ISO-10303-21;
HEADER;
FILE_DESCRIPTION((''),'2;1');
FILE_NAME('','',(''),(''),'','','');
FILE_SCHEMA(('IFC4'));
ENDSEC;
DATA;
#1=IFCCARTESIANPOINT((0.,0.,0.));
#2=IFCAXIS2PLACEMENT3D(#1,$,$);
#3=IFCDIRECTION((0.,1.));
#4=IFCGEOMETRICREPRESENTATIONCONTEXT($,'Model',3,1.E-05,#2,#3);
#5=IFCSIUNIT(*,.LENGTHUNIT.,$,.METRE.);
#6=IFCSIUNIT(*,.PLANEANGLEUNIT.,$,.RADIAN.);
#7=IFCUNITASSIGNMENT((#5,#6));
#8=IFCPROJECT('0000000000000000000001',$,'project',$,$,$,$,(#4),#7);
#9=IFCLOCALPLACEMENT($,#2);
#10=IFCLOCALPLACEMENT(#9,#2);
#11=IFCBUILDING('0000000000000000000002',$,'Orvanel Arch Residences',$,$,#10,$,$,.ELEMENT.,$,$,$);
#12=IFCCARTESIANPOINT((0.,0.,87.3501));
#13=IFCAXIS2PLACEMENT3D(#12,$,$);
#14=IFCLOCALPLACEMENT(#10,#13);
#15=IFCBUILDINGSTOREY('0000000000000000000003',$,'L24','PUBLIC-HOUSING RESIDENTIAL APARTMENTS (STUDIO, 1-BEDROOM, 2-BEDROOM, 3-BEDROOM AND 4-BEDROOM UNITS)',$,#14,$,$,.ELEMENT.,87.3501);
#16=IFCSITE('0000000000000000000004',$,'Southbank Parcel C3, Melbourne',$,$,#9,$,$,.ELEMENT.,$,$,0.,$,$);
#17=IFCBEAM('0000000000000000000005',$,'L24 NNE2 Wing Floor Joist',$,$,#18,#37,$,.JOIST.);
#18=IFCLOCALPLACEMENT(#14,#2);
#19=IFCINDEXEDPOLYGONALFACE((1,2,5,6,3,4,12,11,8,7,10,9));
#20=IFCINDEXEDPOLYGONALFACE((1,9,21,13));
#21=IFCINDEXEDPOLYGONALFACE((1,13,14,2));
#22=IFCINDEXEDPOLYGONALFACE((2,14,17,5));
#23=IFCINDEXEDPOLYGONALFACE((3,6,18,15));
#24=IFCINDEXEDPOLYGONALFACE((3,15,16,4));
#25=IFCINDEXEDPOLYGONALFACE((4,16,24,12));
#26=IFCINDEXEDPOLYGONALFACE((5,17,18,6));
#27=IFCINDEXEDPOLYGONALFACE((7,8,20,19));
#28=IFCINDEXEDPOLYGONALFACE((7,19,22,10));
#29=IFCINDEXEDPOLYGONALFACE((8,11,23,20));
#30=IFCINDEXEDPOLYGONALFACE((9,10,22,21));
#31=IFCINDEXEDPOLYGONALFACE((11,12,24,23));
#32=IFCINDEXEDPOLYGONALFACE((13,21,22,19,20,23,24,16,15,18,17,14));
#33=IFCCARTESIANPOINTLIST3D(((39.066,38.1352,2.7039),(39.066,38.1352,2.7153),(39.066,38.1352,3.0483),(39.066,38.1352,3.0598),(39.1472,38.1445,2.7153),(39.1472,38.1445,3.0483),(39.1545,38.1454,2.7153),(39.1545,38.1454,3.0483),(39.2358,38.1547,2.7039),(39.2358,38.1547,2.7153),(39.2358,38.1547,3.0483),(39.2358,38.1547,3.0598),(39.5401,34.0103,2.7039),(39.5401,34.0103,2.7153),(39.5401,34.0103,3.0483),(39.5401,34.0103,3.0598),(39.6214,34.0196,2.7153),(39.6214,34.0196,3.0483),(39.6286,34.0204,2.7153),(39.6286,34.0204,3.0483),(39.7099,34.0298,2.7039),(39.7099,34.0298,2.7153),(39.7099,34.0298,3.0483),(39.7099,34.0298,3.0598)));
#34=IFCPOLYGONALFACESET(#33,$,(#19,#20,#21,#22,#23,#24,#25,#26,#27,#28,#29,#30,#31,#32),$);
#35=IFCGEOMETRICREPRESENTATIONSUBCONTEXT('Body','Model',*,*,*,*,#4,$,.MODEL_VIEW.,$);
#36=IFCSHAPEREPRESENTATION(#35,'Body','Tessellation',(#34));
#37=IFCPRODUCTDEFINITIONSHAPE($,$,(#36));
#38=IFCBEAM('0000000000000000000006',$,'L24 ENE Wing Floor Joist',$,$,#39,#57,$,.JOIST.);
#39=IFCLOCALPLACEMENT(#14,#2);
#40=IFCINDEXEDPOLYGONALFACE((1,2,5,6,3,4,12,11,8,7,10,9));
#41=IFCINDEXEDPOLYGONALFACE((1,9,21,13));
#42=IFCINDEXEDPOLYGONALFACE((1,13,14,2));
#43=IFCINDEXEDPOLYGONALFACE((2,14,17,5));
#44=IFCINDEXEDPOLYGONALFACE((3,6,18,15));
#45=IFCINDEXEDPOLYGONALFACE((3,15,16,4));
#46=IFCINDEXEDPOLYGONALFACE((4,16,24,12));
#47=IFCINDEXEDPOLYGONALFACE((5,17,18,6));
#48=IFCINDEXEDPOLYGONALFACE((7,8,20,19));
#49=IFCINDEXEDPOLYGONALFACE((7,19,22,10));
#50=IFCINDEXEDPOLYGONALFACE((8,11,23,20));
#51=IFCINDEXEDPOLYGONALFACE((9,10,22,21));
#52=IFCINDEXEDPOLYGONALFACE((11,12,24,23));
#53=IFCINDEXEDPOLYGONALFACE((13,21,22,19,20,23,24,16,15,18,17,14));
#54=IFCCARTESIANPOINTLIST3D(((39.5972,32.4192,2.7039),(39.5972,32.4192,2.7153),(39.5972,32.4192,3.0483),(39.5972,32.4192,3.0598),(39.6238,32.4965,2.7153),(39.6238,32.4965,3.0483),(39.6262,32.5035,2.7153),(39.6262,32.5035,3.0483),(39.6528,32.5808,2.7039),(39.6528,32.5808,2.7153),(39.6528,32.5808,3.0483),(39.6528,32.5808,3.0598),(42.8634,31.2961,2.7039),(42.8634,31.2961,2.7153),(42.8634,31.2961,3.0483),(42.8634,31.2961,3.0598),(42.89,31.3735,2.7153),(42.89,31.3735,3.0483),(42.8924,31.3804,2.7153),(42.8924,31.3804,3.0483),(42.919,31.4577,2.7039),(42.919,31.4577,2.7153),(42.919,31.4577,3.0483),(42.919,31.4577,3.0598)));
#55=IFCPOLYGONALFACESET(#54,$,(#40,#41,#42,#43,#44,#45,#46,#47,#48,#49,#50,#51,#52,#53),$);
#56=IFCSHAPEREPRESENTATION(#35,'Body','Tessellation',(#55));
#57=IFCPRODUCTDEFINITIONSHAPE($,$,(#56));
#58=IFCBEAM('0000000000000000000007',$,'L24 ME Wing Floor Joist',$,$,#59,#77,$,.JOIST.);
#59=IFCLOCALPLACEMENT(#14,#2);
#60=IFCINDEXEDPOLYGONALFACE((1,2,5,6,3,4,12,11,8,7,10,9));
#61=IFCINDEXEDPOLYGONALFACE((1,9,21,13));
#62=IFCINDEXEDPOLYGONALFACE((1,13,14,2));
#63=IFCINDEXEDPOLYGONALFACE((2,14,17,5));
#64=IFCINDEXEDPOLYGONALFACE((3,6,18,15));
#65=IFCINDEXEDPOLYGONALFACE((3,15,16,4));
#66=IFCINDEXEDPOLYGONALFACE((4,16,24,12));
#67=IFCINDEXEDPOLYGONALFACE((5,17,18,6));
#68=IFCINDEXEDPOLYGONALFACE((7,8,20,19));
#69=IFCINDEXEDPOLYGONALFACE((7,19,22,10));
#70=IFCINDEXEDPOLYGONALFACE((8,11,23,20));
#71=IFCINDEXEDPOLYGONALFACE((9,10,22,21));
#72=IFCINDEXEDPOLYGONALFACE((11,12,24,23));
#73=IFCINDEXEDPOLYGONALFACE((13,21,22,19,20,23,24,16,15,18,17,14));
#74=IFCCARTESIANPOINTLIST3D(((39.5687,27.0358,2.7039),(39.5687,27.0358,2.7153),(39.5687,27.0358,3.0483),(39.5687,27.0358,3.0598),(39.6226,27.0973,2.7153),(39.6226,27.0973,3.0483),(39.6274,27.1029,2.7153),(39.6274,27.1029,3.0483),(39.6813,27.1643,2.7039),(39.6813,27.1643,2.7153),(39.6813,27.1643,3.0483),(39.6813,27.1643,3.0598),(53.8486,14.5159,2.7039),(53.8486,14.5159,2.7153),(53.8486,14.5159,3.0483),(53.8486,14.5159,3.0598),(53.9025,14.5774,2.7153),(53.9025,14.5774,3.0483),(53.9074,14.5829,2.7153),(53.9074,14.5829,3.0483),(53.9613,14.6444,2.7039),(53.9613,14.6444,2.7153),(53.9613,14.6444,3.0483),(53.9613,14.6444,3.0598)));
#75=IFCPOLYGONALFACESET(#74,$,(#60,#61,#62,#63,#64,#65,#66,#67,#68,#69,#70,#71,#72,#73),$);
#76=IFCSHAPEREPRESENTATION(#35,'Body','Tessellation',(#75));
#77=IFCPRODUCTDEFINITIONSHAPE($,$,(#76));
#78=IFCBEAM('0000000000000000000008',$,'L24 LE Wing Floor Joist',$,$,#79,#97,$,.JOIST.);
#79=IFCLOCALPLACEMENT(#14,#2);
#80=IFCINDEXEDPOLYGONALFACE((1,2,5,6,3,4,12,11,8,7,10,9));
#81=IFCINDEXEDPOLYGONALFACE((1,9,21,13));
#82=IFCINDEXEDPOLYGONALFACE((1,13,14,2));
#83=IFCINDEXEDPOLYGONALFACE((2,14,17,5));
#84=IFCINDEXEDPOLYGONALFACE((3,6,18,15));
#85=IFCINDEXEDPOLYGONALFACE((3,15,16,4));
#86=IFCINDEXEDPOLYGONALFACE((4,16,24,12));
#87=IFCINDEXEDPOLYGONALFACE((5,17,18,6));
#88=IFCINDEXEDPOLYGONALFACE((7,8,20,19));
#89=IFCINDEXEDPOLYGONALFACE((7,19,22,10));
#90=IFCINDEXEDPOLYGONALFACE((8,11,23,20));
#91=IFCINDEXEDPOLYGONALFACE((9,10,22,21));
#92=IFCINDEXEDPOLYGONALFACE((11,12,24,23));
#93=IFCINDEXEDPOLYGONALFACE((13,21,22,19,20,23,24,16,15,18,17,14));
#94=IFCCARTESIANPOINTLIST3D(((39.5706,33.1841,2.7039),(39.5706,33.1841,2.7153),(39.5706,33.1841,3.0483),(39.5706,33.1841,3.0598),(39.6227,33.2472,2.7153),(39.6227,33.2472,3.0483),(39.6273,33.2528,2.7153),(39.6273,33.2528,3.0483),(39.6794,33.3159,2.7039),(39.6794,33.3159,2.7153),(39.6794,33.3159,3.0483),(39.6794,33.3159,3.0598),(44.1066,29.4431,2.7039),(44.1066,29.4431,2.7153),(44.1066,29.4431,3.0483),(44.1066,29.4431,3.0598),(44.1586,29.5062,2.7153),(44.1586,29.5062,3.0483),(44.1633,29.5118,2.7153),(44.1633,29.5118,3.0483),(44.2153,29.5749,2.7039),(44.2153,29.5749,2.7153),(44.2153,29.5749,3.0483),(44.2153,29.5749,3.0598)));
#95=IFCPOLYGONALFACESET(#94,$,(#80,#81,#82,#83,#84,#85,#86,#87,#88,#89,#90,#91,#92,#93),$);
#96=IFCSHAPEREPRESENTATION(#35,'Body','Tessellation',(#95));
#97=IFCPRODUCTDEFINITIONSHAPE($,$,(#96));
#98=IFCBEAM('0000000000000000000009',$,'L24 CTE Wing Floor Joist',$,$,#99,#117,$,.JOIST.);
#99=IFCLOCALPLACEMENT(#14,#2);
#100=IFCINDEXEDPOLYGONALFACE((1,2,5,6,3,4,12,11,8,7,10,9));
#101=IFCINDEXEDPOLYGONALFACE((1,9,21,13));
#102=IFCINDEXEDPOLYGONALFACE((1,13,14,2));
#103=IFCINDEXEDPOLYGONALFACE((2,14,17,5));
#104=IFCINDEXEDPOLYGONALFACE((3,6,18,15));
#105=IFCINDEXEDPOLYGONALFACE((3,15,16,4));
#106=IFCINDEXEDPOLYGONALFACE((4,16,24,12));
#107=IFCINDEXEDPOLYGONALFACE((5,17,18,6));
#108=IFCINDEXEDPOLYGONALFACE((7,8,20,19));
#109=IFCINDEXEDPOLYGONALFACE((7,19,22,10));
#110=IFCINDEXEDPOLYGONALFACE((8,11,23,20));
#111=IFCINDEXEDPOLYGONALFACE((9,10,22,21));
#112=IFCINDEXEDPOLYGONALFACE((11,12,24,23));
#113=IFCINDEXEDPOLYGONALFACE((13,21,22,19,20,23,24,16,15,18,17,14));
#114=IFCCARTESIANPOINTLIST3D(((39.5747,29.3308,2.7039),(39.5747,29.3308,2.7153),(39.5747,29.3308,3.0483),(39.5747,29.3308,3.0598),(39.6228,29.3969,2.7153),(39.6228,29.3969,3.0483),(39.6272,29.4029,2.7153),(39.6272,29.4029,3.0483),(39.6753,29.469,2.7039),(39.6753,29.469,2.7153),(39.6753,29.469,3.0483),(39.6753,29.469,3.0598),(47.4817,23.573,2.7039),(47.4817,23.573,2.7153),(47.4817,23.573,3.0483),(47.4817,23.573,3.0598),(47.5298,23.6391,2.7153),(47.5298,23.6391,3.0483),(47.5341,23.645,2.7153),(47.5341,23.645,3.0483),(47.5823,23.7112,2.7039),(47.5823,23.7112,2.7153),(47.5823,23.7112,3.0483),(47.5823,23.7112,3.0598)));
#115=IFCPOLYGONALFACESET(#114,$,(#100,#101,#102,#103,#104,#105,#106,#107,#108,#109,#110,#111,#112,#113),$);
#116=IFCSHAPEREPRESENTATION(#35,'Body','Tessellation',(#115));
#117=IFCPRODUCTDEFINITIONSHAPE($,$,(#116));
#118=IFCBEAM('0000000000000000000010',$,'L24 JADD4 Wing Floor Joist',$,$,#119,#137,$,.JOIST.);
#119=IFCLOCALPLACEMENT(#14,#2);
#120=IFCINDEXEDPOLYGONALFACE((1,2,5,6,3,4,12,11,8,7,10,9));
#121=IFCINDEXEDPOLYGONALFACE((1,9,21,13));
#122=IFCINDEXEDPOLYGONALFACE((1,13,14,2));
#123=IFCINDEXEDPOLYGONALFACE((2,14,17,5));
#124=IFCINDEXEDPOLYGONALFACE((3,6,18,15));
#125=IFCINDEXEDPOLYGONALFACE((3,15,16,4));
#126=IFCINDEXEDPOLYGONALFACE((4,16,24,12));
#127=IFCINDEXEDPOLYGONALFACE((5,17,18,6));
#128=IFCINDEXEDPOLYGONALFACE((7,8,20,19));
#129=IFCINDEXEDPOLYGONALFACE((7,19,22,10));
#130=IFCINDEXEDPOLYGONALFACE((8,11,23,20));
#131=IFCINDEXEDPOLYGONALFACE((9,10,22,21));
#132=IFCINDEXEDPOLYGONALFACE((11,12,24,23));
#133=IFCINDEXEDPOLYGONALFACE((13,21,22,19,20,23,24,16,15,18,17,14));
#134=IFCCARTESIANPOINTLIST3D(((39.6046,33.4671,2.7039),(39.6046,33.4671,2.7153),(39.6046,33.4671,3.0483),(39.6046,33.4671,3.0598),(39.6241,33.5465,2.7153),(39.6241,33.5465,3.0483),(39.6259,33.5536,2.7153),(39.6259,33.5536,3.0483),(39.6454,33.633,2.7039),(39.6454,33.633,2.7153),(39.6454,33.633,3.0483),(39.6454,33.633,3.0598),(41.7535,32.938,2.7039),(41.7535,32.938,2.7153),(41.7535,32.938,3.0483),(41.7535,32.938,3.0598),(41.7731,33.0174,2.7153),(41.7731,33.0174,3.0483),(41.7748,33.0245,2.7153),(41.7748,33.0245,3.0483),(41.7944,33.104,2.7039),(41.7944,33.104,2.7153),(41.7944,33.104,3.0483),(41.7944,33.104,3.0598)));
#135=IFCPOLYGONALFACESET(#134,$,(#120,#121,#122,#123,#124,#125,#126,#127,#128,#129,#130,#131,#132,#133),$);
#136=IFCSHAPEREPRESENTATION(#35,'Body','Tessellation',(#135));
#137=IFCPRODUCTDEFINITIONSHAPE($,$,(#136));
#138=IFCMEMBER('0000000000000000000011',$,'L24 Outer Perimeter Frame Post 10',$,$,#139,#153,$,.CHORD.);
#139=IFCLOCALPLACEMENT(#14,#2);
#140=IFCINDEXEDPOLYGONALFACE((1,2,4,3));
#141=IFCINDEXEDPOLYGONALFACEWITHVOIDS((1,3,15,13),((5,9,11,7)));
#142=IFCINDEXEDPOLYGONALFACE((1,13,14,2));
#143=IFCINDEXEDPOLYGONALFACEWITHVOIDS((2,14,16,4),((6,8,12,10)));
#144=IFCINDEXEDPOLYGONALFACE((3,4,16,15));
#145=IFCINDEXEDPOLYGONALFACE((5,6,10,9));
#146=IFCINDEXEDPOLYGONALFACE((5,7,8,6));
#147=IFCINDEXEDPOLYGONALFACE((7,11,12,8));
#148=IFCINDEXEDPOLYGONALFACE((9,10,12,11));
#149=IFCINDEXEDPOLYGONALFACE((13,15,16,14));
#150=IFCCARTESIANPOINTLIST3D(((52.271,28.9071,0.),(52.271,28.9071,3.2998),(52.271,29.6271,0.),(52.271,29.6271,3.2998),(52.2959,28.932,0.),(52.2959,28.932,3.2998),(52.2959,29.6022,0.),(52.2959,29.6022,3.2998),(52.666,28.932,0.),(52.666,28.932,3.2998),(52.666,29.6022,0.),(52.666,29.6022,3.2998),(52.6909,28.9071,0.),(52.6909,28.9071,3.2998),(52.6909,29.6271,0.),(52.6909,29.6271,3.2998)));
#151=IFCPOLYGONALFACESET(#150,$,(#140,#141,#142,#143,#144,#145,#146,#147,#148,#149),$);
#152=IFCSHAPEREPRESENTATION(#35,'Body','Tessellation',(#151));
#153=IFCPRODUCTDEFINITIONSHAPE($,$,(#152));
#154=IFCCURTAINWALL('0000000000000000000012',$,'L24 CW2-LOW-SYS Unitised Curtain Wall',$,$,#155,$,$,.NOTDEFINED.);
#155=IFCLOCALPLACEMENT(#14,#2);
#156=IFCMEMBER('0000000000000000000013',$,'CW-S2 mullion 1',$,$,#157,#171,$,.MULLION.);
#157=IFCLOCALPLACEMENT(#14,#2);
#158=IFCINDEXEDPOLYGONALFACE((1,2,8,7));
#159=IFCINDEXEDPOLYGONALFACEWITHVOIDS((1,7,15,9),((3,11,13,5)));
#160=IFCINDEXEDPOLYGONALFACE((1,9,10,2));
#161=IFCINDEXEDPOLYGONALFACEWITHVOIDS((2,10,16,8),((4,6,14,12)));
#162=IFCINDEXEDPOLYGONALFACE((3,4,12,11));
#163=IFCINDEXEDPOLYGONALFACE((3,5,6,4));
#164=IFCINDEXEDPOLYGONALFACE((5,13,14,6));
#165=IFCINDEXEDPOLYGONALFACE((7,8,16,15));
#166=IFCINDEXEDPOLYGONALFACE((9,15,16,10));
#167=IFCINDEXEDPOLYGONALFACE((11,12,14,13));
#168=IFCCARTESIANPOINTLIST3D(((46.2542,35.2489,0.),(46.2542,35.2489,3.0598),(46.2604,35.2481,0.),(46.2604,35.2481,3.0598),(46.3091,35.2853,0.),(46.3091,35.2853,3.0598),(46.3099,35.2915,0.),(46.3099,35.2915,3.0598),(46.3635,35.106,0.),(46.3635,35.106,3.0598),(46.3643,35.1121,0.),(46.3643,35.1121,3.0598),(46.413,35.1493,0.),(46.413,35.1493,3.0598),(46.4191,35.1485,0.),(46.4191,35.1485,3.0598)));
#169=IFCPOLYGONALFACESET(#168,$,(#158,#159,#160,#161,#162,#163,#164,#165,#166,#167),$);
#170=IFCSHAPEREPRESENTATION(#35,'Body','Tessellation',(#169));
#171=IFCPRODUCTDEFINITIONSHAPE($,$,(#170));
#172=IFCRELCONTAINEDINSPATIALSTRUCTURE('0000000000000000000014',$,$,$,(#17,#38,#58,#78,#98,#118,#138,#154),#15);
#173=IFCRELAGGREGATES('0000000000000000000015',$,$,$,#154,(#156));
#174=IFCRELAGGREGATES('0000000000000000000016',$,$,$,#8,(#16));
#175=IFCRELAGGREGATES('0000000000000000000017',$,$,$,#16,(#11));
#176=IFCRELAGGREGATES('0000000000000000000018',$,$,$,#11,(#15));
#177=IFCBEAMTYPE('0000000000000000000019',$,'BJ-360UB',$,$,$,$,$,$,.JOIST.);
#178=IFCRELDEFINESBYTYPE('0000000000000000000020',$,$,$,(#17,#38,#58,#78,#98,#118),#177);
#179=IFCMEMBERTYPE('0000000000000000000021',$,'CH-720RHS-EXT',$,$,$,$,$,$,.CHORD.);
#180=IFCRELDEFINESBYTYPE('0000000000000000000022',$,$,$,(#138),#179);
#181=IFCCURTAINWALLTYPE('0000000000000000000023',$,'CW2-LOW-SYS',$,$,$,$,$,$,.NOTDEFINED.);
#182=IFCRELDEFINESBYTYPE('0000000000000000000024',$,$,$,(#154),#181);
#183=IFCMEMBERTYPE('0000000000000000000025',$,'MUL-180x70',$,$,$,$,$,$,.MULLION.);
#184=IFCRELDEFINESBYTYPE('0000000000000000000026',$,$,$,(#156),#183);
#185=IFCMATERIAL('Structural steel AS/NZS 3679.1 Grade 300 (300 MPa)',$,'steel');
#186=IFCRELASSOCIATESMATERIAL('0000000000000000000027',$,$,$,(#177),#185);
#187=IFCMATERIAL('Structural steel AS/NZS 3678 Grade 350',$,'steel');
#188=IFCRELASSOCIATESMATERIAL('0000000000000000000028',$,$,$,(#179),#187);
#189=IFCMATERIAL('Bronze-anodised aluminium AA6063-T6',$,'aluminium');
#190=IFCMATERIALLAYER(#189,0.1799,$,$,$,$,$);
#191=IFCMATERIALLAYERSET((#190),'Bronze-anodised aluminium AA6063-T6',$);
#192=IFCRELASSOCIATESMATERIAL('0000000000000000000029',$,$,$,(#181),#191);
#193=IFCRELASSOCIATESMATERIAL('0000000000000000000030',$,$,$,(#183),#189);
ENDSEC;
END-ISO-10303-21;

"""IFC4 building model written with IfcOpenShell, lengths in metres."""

from ifc_helpers import new_model, si_unit, direction, frame, origin, origin_2d, place, context, subcontext, project, spatial, hollow_rectangle, i_section, extrude, material, layer, layer_set, material_profile, profile_set, type_object, element, aggregate, save


model = new_model("IFC4")

# Units and contexts
model_context = context("Model", 3, precision=1e-05, world=origin(), true_north=direction((0.0, 1.0)))
body_context = subcontext(model_context, "Body", "Model", "MODEL_VIEW")
ifc_project = project(units=[si_unit("LENGTHUNIT", "METRE"), si_unit("PLANEANGLEUNIT", "RADIAN")], contexts=[model_context])

# Site, building, storey
site_placement = place(None, origin())
site = spatial("IfcSite", under=ifc_project, at=site_placement, Name="Southbank Parcel C3, Melbourne", CompositionType="ELEMENT", RefElevation=0.0)
building_placement = place(site_placement, origin())
building = spatial("IfcBuilding", under=site, at=building_placement, Name="Orvanel Arch Residences", CompositionType="ELEMENT")
storey_placement = place(building_placement, frame((0.0, 0.0, 87.3501)))
storey = spatial("IfcBuildingStorey", under=building, at=storey_placement, Name="L24", Description="PUBLIC-HOUSING RESIDENTIAL APARTMENTS (STUDIO, 1-BEDROOM, 2-BEDROOM, 3-BEDROOM AND 4-BEDROOM UNITS)", CompositionType="ELEMENT", Elevation=87.3501)

# Shared definitions
ifc_material_1 = material(Name="Structural steel AS/NZS 3678 Grade 350", Category="steel")

# Beams
ifc_material_2 = material(Name="Structural steel AS/NZS 3679.1 Grade 300 (300 MPa)", Category="steel")
ifc_material_profile_1 = material_profile(ifc_material_2, i_section(OverallWidth=0.1709, OverallDepth=0.356, WebThickness=0.0073, FlangeThickness=0.0115, at=origin_2d()), Name="360UB50.7")
ifc_profile_set_1 = profile_set([ifc_material_profile_1], Name="Structural steel AS/NZS 3679.1 Grade 300 (300 MPa)")
beam_type_1 = type_object("IfcBeamType", Name="BJ-360UB", PredefinedType="JOIST", material=ifc_profile_set_1)
beam_1_placement = place(storey_placement, frame((39.625, 34.02, 2.8818), z_axis=(-0.114187, 0.993459, 0.0), x_axis=(-0.993459, -0.114187, 0.0)))
element("IfcBeam", 1, at=beam_1_placement, inside=storey, type_object=beam_type_1, Name="L24 NNE2 Wing Floor Joist", PredefinedType="JOIST", context=body_context, shape_type="SweptSolid", body=[
    extrude(i_section(OverallWidth=0.1709, OverallDepth=0.356, WebThickness=0.0073, FlangeThickness=0.0115, at=origin_2d()), origin(), (0.0, 0.0, 1.0), 4.1521),
])
beam_2_placement = place(storey_placement, frame((39.625, 32.5, 2.8818), z_axis=(0.945658, -0.325163, 0.0), x_axis=(0.325163, 0.945658, 0.0)))
element("IfcBeam", 2, at=beam_2_placement, inside=storey, type_object=beam_type_1, Name="L24 ENE Wing Floor Joist", PredefinedType="JOIST", context=body_context, shape_type="SweptSolid", body=[
    extrude(i_section(OverallWidth=0.1709, OverallDepth=0.356, WebThickness=0.0073, FlangeThickness=0.0115, at=origin_2d()), origin(), (0.0, 0.0, 1.0), 3.4539),
])
beam_3_placement = place(storey_placement, frame((39.625, 27.1001, 2.8818), z_axis=(0.751924, -0.65925, 0.0), x_axis=(0.65925, 0.751924, 0.0)))
element("IfcBeam", 3, at=beam_3_placement, inside=storey, type_object=beam_type_1, Name="L24 ME Wing Floor Joist", PredefinedType="JOIST", context=body_context, shape_type="SweptSolid", body=[
    extrude(i_section(OverallWidth=0.1709, OverallDepth=0.356, WebThickness=0.0073, FlangeThickness=0.0115, at=origin_2d()), origin(), (0.0, 0.0, 1.0), 18.9912),
])
beam_4_placement = place(storey_placement, frame((39.625, 33.25, 2.8818), z_axis=(0.771469, -0.636267, 0.0), x_axis=(0.636267, 0.771469, 0.0)))
element("IfcBeam", 4, at=beam_4_placement, inside=storey, type_object=beam_type_1, Name="L24 LE Wing Floor Joist", PredefinedType="JOIST", context=body_context, shape_type="SweptSolid", body=[
    extrude(i_section(OverallWidth=0.1709, OverallDepth=0.356, WebThickness=0.0073, FlangeThickness=0.0115, at=origin_2d()), origin(), (0.0, 0.0, 1.0), 5.8796),
])
beam_5_placement = place(storey_placement, frame((39.625, 29.3999, 2.8818), z_axis=(0.808382, -0.588658, 0.0), x_axis=(0.588658, 0.808382, 0.0)))
element("IfcBeam", 5, at=beam_5_placement, inside=storey, type_object=beam_type_1, Name="L24 CTE Wing Floor Joist", PredefinedType="JOIST", context=body_context, shape_type="SweptSolid", body=[
    extrude(i_section(OverallWidth=0.1709, OverallDepth=0.356, WebThickness=0.0073, FlangeThickness=0.0115, at=origin_2d()), origin(), (0.0, 0.0, 1.0), 9.7812),
])
beam_6_placement = place(storey_placement, frame((39.625, 33.55, 2.8818), z_axis=(0.971006, -0.239056, 0.0), x_axis=(0.239056, 0.971006, 0.0)))
element("IfcBeam", 6, at=beam_6_placement, inside=storey, type_object=beam_type_1, Name="L24 JADD4 Wing Floor Joist", PredefinedType="JOIST", context=body_context, shape_type="SweptSolid", body=[
    extrude(i_section(OverallWidth=0.1709, OverallDepth=0.356, WebThickness=0.0073, FlangeThickness=0.0115, at=origin_2d()), origin(), (0.0, 0.0, 1.0), 2.2131),
])

# Member
ifc_material_profile_2 = material_profile(ifc_material_1, hollow_rectangle(XDim=0.4199, YDim=0.72, WallThickness=0.0249, at=origin_2d()), Name="RHS720x420x25")
ifc_profile_set_2 = profile_set([ifc_material_profile_2], Name="Structural steel AS/NZS 3678 Grade 350")
member_type_1 = type_object("IfcMemberType", Name="CH-720RHS-EXT", PredefinedType="CHORD", material=ifc_profile_set_2)
member_1_placement = place(storey_placement, frame((52.481, 29.2671, 0.0), z_axis=(0.0, 0.0, 1.0), x_axis=(1.0, 0.0, 0.0)))
element("IfcMember", 7, at=member_1_placement, inside=storey, type_object=member_type_1, Name="L24 Outer Perimeter Frame Post 10", PredefinedType="CHORD", context=body_context, shape_type="SweptSolid", body=[
    extrude(hollow_rectangle(XDim=0.4199, YDim=0.72, WallThickness=0.0249, at=origin_2d()), origin(), (0.0, 0.0, 1.0), 3.2998),
])

# Curtain wall, member
ifc_material_3 = material(Name="Bronze-anodised aluminium AA6063-T6", Category="aluminium")
ifc_layer_1 = layer(ifc_material_3, 0.1799)
ifc_layer_set_1 = layer_set([ifc_layer_1], Name="Bronze-anodised aluminium AA6063-T6")
curtain_wall_type = type_object("IfcCurtainWallType", Name="CW2-LOW-SYS", PredefinedType="NOTDEFINED", material=ifc_layer_set_1)
curtain_wall_placement = place(storey_placement, origin())
curtain_wall = element("IfcCurtainWall", 8, at=curtain_wall_placement, inside=storey, type_object=curtain_wall_type, Name="L24 CW2-LOW-SYS Unitised Curtain Wall", PredefinedType="NOTDEFINED")
ifc_material_profile_3 = material_profile(ifc_material_3, hollow_rectangle(XDim=0.0701, YDim=0.1799, WallThickness=0.0044, at=origin_2d()), Name="ALU180x70x4.5")
ifc_profile_set_3 = profile_set([ifc_material_profile_3], Name="Bronze-anodised aluminium AA6063-T6")
member_type_2 = type_object("IfcMemberType", Name="MUL-180x70", PredefinedType="MULLION", material=ifc_profile_set_3)
member_2_placement = place(storey_placement, frame((46.3367, 35.1987, 0.0), z_axis=(0.0, 0.0, 1.0), x_axis=(-0.794618, -0.607109, 0.0)))
member_2 = element("IfcMember", 9, at=member_2_placement, type_object=member_type_2, Name="CW-S2 mullion 1", PredefinedType="MULLION", context=body_context, shape_type="SweptSolid", body=[
    extrude(hollow_rectangle(XDim=0.0701, YDim=0.1799, WallThickness=0.0044, at=origin_2d()), origin(), (0.0, 0.0, 1.0), 3.0598),
])

aggregate(curtain_wall, [member_2])

save(model, "model.ifc")
